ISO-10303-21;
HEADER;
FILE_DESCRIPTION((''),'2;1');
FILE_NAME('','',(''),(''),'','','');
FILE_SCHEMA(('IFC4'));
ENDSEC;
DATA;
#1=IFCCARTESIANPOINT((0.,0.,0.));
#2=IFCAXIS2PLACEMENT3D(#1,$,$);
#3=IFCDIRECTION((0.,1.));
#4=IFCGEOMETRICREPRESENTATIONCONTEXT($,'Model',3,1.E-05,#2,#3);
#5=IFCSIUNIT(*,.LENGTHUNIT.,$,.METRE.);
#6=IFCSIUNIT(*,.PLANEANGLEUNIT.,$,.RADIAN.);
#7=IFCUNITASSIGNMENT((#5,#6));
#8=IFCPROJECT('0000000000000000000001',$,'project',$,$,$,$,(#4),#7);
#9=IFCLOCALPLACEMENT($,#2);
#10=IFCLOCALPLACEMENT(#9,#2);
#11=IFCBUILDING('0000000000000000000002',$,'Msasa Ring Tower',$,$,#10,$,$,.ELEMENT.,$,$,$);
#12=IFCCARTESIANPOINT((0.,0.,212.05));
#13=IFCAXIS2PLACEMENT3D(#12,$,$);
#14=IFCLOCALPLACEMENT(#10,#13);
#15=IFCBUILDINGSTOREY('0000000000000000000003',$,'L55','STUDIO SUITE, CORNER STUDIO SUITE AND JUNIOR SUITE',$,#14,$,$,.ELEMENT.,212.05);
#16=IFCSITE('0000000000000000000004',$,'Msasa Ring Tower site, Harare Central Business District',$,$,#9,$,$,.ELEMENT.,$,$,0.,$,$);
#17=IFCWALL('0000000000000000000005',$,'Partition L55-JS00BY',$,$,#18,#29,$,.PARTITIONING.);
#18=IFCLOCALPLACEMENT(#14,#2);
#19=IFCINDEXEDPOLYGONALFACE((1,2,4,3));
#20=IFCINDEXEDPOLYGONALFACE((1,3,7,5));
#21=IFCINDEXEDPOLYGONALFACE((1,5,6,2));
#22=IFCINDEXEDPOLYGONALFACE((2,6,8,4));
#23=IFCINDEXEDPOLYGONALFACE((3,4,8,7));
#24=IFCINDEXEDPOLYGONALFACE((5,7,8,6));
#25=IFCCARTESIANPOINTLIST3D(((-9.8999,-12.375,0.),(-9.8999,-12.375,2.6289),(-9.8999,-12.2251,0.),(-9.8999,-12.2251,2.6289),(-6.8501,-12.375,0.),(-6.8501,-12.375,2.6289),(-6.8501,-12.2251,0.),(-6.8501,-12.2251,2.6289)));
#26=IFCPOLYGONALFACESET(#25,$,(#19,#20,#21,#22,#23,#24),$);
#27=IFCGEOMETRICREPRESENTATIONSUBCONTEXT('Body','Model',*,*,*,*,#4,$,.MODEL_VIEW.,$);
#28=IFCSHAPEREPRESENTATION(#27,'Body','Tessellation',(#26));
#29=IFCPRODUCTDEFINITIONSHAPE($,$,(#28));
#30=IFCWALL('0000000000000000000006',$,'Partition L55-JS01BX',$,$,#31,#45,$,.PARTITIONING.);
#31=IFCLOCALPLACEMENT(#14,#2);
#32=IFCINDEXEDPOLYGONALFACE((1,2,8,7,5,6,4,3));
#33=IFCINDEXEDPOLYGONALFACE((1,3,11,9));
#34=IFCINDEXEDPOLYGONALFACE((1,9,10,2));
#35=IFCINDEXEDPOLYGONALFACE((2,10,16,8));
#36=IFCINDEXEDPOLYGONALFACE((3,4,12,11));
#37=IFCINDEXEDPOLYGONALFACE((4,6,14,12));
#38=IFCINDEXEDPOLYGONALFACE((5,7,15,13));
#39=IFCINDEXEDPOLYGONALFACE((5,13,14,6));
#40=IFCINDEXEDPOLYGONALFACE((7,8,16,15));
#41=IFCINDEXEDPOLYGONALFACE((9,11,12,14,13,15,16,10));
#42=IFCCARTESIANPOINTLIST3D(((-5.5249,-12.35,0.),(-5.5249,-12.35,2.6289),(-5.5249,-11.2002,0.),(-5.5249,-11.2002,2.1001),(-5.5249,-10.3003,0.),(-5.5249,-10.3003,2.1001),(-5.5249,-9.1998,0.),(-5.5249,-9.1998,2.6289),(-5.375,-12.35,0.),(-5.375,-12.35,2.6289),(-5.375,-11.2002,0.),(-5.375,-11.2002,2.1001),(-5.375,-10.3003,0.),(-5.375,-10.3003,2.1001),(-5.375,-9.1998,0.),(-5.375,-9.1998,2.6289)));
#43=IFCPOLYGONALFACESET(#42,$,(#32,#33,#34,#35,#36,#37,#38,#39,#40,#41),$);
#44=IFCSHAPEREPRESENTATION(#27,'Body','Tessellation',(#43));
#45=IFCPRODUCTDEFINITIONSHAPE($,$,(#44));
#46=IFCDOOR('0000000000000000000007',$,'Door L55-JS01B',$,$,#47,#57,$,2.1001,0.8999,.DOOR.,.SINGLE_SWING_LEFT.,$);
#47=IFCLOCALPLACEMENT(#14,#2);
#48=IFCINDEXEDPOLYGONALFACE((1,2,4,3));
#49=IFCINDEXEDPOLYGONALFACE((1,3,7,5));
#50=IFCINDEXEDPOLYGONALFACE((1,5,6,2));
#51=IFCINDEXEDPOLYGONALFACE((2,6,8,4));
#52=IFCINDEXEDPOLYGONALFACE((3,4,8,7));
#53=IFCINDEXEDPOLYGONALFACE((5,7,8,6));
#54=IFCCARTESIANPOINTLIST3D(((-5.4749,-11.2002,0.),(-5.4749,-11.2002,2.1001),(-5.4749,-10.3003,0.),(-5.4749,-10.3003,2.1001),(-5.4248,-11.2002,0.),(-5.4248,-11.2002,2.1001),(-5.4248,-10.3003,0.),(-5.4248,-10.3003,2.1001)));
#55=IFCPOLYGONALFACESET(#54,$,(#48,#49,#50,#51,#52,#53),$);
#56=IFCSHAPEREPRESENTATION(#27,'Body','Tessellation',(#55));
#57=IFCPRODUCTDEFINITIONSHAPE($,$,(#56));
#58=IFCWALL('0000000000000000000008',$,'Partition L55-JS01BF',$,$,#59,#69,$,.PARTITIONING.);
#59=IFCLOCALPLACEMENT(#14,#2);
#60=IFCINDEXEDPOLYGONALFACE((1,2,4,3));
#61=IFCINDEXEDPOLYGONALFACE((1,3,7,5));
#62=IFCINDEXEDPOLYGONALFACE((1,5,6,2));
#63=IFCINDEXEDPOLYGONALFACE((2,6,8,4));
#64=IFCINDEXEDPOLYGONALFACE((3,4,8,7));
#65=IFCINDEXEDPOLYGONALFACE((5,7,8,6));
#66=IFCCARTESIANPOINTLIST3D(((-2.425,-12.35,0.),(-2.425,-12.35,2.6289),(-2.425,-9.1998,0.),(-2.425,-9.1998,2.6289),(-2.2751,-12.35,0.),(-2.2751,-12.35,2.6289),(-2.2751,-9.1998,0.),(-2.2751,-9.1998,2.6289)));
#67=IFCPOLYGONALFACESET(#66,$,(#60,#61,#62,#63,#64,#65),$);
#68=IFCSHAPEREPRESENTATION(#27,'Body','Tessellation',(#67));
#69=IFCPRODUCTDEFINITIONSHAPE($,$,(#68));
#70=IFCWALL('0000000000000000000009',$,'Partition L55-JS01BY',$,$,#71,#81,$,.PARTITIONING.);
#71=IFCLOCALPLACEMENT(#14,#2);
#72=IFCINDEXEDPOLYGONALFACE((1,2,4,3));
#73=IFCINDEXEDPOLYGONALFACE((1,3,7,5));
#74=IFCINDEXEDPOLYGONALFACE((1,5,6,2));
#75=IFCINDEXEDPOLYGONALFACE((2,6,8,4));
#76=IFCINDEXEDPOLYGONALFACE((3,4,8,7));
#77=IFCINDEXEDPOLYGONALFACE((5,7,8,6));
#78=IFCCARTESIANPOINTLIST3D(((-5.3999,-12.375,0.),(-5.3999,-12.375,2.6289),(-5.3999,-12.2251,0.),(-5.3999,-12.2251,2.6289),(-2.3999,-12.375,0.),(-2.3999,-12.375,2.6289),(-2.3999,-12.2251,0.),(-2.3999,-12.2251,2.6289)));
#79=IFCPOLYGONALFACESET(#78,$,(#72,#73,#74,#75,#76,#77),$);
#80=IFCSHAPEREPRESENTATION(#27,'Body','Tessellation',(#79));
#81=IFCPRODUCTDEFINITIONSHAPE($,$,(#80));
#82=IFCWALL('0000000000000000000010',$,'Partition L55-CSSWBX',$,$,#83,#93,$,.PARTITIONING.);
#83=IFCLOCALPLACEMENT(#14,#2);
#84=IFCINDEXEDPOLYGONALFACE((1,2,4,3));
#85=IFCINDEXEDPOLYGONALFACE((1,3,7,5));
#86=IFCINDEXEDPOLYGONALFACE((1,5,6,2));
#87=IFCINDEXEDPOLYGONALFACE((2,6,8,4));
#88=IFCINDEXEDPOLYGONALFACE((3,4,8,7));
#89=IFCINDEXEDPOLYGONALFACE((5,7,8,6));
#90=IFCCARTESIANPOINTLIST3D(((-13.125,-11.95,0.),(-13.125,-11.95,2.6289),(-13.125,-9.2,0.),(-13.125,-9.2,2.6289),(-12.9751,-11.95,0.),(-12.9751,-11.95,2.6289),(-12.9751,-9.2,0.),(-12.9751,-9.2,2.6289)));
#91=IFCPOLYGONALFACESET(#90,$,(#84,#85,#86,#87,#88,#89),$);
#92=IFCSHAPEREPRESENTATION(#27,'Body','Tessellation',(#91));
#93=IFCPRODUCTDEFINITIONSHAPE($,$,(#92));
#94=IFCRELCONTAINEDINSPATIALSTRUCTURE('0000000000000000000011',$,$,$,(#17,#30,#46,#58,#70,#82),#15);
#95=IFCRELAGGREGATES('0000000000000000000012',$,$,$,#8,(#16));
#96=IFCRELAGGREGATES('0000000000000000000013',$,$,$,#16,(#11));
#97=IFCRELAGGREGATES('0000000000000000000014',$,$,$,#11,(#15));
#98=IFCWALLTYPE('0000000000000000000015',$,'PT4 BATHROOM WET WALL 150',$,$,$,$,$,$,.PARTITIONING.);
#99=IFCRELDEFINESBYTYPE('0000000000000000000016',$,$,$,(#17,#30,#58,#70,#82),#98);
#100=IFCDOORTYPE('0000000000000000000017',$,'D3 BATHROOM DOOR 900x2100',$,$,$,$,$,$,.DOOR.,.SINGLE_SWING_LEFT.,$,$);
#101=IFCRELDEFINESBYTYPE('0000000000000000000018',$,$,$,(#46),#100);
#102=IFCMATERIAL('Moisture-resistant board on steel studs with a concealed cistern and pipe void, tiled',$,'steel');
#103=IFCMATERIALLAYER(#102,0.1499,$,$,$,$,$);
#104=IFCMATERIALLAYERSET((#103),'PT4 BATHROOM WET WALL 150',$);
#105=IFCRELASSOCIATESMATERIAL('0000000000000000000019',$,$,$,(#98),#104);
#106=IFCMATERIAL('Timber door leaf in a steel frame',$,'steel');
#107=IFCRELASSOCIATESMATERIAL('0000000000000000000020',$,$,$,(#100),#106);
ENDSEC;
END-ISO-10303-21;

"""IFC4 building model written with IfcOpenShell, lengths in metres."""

from ifc_helpers import new_model, si_unit, direction, frame, frame_2d, origin, place, context, subcontext, project, spatial, rectangle, extrude, material, layer, layer_set, type_object, element, fill, save


model = new_model("IFC4")

# Units and contexts
model_context = context("Model", 3, precision=1e-05, world=origin(), true_north=direction((0.0, 1.0)))
body_context = subcontext(model_context, "Body", "Model", "MODEL_VIEW")
ifc_project = project(units=[si_unit("LENGTHUNIT", "METRE"), si_unit("PLANEANGLEUNIT", "RADIAN")], contexts=[model_context])

# Site, building, storey
site_placement = place(None, origin())
site = spatial("IfcSite", under=ifc_project, at=site_placement, Name="Msasa Ring Tower site, Harare Central Business District", CompositionType="ELEMENT", RefElevation=0.0)
building_placement = place(site_placement, origin())
building = spatial("IfcBuilding", under=site, at=building_placement, Name="Msasa Ring Tower", CompositionType="ELEMENT")
storey_placement = place(building_placement, frame((0.0, 0.0, 212.05)))
storey = spatial("IfcBuildingStorey", under=building, at=storey_placement, Name="L55", Description="STUDIO SUITE, CORNER STUDIO SUITE AND JUNIOR SUITE", CompositionType="ELEMENT", Elevation=212.05)

# Shared definitions
ifc_material_1 = material(Name="Moisture-resistant board on steel studs with a concealed cistern and pipe void, tiled", Category="steel")
ifc_layer_1 = layer(ifc_material_1, 0.1499)
ifc_layer_set_1 = layer_set([ifc_layer_1], Name="PT4 BATHROOM WET WALL 150")
wall_type_1 = type_object("IfcWallType", Name="PT4 BATHROOM WET WALL 150", PredefinedType="PARTITIONING", material=ifc_layer_set_1)
ifc_material_2 = material(Name="Timber door leaf in a steel frame", Category="steel")
door_type = type_object("IfcDoorType", Name="D3 BATHROOM DOOR 900x2100", OperationType="SINGLE_SWING_LEFT", PredefinedType="DOOR", material=ifc_material_2)

# Wall
wall_1_placement = place(storey_placement, frame((-9.8999, -12.3, 0.0), z_axis=(0.0, 0.0, 1.0), x_axis=(1.0, 0.0, 0.0)))
element("IfcWall", 1, at=wall_1_placement, inside=storey, type_object=wall_type_1, Name="Partition L55-JS00BY", PredefinedType="PARTITIONING", context=body_context, shape_type="SweptSolid", body=[
    extrude(rectangle(XDim=3.0498, YDim=0.1499, at=frame_2d((1.5249, 0.0))), origin(), (0.0, 0.0, 1.0), 2.6289),
])

# Wall, opening, door
wall_2_placement = place(storey_placement, frame((-5.45, -12.3501, 0.0), z_axis=(0.0, 0.0, 1.0), x_axis=(0.0, 1.0, 0.0)))
wall_2 = element("IfcWall", 2, at=wall_2_placement, inside=storey, type_object=wall_type_1, Name="Partition L55-JS01BX", PredefinedType="PARTITIONING", context=body_context, shape_type="SweptSolid", body=[
    extrude(rectangle(XDim=3.1501, YDim=0.1499, at=frame_2d((1.5752, 0.0))), origin(), (0.0, 0.0, 1.0), 2.6289),
])
opening_1_placement = place(wall_2_placement, frame((1.1499, 0.0, 0.0)))
opening_1 = element("IfcOpeningElement", 3, at=opening_1_placement, cuts=wall_2, PredefinedType="OPENING", context=body_context, shape_type="SweptSolid", body=[
    extrude(rectangle(XDim=0.8999, YDim=2.1001, at=frame_2d((0.45, 1.05))), frame((0.0, 0.085, 0.0), z_axis=(0.0, -1.0, 0.0), x_axis=(1.0, 0.0, 0.0)), (0.0, 0.0, 1.0), 0.1699),
])
door_1_placement = place(opening_1_placement, origin())
door_1 = element("IfcDoor", 4, at=door_1_placement, inside=storey, type_object=door_type, Name="Door L55-JS01B", OperationType="SINGLE_SWING_LEFT", OverallHeight=2.1001, OverallWidth=0.8999, PredefinedType="DOOR", context=body_context, shape_type="SweptSolid", body=[
    extrude(rectangle(XDim=0.8999, YDim=2.1001, at=frame_2d((0.45, 1.05))), frame((0.0, 0.0249, 0.0), z_axis=(0.0, -1.0, 0.0), x_axis=(1.0, 0.0, 0.0)), (0.0, 0.0, 1.0), 0.05),
])
fill(opening_1, door_1)

# Walls
wall_3_placement = place(storey_placement, frame((-2.3501, -12.3501, 0.0), z_axis=(0.0, 0.0, 1.0), x_axis=(0.0, 1.0, 0.0)))
element("IfcWall", 5, at=wall_3_placement, inside=storey, type_object=wall_type_1, Name="Partition L55-JS01BF", PredefinedType="PARTITIONING", context=body_context, shape_type="SweptSolid", body=[
    extrude(rectangle(XDim=3.1501, YDim=0.1499, at=frame_2d((1.5752, 0.0))), origin(), (0.0, 0.0, 1.0), 2.6289),
])
wall_4_placement = place(storey_placement, frame((-5.3999, -12.3, 0.0), z_axis=(0.0, 0.0, 1.0), x_axis=(1.0, 0.0, 0.0)))
element("IfcWall", 6, at=wall_4_placement, inside=storey, type_object=wall_type_1, Name="Partition L55-JS01BY", PredefinedType="PARTITIONING", context=body_context, shape_type="SweptSolid", body=[
    extrude(rectangle(XDim=3.0, YDim=0.1499, at=frame_2d((1.5, 0.0))), origin(), (0.0, 0.0, 1.0), 2.6289),
])
wall_5_placement = place(storey_placement, frame((-13.05, -11.95, 0.0), z_axis=(0.0, 0.0, 1.0), x_axis=(0.0, 1.0, 0.0)))
element("IfcWall", 7, at=wall_5_placement, inside=storey, type_object=wall_type_1, Name="Partition L55-CSSWBX", PredefinedType="PARTITIONING", context=body_context, shape_type="SweptSolid", body=[
    extrude(rectangle(XDim=2.75, YDim=0.1499, at=frame_2d((1.375, 0.0))), origin(), (0.0, 0.0, 1.0), 2.6289),
])

save(model, "model.ifc")
